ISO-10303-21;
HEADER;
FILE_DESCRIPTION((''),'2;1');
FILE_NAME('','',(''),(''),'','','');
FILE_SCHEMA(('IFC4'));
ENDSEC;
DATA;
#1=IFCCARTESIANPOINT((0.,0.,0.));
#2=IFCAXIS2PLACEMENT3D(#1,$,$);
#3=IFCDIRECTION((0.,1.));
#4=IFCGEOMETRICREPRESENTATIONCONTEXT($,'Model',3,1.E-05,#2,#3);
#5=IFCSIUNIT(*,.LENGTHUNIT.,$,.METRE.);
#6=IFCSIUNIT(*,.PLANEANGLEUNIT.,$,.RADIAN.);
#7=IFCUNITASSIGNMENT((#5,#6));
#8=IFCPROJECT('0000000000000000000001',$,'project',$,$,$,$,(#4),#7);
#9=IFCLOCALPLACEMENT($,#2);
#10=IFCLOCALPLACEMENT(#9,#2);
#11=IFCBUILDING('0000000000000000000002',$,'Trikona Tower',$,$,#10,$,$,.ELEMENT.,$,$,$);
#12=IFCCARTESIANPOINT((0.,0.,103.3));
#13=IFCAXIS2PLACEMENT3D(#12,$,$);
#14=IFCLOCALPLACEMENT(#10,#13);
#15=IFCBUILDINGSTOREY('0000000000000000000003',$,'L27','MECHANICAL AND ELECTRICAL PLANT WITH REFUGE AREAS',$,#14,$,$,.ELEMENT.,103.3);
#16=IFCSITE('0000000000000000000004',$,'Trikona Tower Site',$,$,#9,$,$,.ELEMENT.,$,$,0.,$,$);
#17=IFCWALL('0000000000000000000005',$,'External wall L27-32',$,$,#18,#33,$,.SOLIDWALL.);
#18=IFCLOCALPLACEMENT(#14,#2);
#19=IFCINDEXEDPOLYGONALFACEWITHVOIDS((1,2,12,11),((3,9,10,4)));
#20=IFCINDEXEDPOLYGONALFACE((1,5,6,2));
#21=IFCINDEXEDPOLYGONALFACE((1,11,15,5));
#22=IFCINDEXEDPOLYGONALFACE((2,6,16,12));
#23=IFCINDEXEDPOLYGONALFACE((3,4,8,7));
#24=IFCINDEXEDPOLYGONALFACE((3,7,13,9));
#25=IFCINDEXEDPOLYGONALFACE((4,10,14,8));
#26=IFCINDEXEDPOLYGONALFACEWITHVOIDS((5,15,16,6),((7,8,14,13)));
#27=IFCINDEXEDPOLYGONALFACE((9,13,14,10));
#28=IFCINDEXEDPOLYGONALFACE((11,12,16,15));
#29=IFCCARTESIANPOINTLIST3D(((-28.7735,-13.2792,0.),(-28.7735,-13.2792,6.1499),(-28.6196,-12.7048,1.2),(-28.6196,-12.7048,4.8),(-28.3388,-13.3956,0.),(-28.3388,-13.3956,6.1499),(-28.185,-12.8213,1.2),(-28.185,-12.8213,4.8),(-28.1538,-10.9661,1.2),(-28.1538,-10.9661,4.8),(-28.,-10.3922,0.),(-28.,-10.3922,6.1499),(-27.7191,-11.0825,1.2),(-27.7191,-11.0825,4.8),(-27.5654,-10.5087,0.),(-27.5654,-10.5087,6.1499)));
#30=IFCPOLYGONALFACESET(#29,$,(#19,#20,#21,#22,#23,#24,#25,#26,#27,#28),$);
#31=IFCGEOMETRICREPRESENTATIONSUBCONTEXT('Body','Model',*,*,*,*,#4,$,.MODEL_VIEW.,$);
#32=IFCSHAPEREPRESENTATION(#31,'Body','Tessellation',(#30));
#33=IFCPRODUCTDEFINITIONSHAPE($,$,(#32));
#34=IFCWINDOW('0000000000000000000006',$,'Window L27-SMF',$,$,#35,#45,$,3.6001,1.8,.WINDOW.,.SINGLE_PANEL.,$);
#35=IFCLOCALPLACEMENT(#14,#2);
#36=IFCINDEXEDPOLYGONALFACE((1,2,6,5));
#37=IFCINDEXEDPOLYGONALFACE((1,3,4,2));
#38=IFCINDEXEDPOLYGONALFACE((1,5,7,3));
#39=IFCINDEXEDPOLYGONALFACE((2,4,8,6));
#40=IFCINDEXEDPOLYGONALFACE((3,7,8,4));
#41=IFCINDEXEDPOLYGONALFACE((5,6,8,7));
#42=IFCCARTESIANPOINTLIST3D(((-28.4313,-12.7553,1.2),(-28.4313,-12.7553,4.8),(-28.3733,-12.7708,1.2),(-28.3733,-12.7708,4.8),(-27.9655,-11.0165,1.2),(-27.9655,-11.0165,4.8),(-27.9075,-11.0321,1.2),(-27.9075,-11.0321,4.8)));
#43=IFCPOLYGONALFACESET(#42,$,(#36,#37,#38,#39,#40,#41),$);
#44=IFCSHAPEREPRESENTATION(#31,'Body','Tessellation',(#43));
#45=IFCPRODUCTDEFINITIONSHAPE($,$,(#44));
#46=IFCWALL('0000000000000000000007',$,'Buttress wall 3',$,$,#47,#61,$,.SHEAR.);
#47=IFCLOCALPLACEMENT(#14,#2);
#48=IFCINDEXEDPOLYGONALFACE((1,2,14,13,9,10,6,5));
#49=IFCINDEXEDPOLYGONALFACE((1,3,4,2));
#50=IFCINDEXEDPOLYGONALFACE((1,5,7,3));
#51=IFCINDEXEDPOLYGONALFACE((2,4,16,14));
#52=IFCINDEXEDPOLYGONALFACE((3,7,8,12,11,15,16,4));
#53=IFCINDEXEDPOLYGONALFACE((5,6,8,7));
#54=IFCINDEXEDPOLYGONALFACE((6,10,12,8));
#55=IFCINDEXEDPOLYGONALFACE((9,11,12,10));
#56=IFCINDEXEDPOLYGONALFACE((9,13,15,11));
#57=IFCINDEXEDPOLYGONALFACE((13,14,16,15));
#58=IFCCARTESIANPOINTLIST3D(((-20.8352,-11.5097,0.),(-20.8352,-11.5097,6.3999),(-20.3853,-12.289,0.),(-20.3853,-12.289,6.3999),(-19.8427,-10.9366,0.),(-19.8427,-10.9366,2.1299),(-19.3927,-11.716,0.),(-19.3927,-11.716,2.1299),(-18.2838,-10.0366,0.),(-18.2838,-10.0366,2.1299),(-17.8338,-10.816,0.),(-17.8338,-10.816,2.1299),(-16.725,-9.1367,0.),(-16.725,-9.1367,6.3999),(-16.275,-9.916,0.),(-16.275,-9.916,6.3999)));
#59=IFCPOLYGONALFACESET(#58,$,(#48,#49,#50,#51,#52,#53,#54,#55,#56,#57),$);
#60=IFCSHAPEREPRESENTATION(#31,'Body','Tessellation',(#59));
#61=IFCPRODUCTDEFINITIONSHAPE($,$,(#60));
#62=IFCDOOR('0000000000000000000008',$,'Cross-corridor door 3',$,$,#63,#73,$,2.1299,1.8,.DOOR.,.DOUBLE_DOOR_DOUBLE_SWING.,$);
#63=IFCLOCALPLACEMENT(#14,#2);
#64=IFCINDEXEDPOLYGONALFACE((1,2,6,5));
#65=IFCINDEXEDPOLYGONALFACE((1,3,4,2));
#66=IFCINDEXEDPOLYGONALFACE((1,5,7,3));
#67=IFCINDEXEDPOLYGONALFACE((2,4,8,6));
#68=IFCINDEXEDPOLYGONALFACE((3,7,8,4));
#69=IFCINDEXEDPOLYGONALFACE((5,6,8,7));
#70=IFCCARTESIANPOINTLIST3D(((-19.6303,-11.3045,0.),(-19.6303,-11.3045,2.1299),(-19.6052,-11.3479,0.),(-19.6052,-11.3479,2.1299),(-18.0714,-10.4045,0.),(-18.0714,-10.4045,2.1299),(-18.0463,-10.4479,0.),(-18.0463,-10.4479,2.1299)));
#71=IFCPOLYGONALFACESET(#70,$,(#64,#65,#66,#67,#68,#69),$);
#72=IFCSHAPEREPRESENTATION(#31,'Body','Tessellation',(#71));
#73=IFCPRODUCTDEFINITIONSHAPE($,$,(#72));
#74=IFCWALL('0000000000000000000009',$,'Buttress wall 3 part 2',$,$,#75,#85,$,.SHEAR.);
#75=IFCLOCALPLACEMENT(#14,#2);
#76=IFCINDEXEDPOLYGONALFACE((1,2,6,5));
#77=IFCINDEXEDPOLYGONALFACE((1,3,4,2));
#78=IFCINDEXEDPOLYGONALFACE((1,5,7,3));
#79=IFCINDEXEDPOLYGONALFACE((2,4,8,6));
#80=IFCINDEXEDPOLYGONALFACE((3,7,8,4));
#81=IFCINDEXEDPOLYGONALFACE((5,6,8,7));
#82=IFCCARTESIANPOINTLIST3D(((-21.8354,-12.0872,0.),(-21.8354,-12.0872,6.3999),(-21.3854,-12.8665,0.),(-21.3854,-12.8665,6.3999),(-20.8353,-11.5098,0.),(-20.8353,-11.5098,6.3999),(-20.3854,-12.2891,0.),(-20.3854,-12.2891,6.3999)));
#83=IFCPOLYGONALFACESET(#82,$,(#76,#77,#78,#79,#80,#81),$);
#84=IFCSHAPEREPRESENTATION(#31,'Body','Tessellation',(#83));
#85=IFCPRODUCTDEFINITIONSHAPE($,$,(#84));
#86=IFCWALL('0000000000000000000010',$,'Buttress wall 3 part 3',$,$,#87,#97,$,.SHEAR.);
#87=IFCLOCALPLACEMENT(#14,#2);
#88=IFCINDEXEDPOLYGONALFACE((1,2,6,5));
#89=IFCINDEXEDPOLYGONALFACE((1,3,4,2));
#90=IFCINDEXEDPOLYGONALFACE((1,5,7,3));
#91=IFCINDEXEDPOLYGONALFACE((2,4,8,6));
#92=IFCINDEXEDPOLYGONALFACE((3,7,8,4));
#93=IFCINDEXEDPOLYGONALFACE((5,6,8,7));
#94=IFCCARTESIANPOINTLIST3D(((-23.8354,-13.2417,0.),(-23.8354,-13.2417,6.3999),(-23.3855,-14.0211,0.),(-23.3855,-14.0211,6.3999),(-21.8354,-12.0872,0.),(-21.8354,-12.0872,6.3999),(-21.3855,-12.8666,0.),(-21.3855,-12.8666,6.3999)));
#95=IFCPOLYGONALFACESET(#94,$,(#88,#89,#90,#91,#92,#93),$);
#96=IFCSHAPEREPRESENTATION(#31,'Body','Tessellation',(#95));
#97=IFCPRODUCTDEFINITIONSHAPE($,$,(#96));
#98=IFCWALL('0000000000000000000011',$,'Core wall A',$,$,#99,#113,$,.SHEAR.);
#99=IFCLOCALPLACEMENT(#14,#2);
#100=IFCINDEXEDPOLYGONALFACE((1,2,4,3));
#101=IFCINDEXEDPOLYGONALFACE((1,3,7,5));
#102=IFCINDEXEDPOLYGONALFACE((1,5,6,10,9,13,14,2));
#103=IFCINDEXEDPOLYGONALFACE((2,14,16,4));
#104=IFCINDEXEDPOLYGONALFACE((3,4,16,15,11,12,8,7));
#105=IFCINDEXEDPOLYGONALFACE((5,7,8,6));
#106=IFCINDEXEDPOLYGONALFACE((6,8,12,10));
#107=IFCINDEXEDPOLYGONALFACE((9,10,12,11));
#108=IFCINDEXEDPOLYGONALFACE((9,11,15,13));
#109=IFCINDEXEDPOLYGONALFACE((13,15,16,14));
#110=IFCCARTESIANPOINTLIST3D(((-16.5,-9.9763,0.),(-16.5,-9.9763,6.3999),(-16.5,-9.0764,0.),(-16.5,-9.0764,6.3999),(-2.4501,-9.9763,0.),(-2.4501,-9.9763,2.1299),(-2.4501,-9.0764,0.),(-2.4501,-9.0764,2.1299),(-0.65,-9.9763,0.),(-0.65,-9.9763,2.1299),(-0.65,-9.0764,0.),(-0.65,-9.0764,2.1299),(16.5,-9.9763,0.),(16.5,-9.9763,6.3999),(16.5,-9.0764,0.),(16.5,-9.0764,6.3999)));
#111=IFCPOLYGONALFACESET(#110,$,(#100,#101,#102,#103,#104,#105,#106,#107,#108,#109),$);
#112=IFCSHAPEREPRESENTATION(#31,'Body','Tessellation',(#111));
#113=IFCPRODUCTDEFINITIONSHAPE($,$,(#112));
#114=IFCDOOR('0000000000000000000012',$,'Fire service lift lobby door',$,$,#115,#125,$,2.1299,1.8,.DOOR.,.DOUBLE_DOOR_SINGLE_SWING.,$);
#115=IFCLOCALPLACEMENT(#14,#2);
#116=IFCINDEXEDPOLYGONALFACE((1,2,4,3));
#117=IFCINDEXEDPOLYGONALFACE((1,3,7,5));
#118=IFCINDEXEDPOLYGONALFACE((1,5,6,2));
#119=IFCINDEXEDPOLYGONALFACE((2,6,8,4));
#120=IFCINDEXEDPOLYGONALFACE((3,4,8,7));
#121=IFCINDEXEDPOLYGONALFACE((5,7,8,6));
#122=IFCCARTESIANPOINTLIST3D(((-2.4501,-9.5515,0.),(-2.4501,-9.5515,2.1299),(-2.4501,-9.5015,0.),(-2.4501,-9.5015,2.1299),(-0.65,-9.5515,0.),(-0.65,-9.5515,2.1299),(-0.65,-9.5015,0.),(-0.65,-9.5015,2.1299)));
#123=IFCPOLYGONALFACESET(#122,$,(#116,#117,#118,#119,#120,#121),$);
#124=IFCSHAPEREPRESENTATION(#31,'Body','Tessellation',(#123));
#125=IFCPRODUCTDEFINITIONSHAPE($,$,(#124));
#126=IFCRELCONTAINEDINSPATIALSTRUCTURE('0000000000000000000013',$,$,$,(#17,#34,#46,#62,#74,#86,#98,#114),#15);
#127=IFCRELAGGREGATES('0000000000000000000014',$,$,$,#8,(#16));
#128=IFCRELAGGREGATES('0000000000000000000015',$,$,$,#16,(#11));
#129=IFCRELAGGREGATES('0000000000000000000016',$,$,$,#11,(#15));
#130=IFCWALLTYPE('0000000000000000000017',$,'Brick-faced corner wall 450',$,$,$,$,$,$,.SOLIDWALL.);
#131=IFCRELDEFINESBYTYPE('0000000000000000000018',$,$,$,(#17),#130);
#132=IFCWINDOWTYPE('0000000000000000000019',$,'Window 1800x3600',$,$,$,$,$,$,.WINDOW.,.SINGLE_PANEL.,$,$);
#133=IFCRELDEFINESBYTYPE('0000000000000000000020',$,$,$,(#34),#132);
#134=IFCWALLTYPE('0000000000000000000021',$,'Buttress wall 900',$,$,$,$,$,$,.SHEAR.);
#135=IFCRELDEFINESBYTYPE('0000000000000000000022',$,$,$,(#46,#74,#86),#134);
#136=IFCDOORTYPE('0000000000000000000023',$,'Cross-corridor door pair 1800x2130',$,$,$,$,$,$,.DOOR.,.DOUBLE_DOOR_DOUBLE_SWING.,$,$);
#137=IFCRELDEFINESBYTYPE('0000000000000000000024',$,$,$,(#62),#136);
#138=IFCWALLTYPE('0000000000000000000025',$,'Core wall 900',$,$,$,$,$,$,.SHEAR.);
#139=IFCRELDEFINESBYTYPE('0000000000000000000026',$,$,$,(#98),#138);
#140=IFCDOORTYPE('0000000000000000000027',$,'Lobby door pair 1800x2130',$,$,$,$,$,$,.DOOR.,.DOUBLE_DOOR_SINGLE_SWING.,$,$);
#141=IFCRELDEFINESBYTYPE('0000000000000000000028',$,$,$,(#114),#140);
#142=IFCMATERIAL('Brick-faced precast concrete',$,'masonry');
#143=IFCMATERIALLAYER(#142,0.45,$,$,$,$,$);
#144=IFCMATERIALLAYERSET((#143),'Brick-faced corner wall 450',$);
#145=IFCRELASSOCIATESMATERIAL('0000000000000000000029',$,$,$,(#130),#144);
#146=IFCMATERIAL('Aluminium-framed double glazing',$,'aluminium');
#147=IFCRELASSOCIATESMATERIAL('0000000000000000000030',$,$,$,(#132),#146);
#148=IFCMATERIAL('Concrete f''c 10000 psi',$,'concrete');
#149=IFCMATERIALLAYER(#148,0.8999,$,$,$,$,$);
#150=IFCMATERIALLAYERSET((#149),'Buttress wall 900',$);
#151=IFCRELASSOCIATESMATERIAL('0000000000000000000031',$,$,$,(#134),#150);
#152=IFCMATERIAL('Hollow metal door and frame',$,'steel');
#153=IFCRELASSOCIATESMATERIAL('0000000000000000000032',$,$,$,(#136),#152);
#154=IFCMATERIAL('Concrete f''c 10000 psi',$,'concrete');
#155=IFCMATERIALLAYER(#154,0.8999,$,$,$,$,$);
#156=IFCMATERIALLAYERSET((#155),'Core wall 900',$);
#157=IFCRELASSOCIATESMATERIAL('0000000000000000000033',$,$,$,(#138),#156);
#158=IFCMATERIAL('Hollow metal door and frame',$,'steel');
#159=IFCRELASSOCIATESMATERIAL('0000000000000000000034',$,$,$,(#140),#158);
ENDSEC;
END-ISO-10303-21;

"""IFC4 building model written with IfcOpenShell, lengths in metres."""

from ifc_helpers import new_model, si_unit, direction, frame, frame_2d, origin, place, context, subcontext, project, spatial, rectangle, extrude, material, layer, layer_set, type_object, element, fill, save


model = new_model("IFC4")

# Units and contexts
model_context = context("Model", 3, precision=1e-05, world=origin(), true_north=direction((0.0, 1.0)))
body_context = subcontext(model_context, "Body", "Model", "MODEL_VIEW")
ifc_project = project(units=[si_unit("LENGTHUNIT", "METRE"), si_unit("PLANEANGLEUNIT", "RADIAN")], contexts=[model_context])

# Site, building, storey
site_placement = place(None, origin())
site = spatial("IfcSite", under=ifc_project, at=site_placement, Name="Trikona Tower Site", CompositionType="ELEMENT", RefElevation=0.0)
building_placement = place(site_placement, origin())
building = spatial("IfcBuilding", under=site, at=building_placement, Name="Trikona Tower", CompositionType="ELEMENT")
storey_placement = place(building_placement, frame((0.0, 0.0, 103.3)))
storey = spatial("IfcBuildingStorey", under=building, at=storey_placement, Name="L27", Description="MECHANICAL AND ELECTRICAL PLANT WITH REFUGE AREAS", CompositionType="ELEMENT", Elevation=103.3)

# Wall, opening, window
ifc_material_1 = material(Name="Brick-faced precast concrete", Category="masonry")
ifc_layer_1 = layer(ifc_material_1, 0.45)
ifc_layer_set_1 = layer_set([ifc_layer_1], Name="Brick-faced corner wall 450")
wall_type_1 = type_object("IfcWallType", Name="Brick-faced corner wall 450", PredefinedType="SOLIDWALL", material=ifc_layer_set_1)
wall_1_placement = place(storey_placement, frame((-27.7827, -10.4504, 0.0), z_axis=(0.0, 0.0, 1.0), x_axis=(-0.258781, -0.965936, 0.0)))
wall_1 = element("IfcWall", 1, at=wall_1_placement, inside=storey, type_object=wall_type_1, Name="External wall L27-32", PredefinedType="SOLIDWALL", context=body_context, shape_type="SweptSolid", body=[
    extrude(rectangle(XDim=2.9888, YDim=0.45, at=frame_2d((1.4944, 0.0))), origin(), (0.0, 0.0, 1.0), 6.1499),
])
opening_1_placement = place(wall_1_placement, frame((0.5942, 0.0, 1.2)))
opening_1 = element("IfcOpeningElement", 2, at=opening_1_placement, cuts=wall_1, PredefinedType="OPENING", context=body_context, shape_type="SweptSolid", body=[
    extrude(rectangle(XDim=1.8, YDim=3.6001, at=frame_2d((0.8999, 1.8))), frame((0.0, 0.2349, 0.0), z_axis=(0.0, -1.0, 0.0), x_axis=(1.0, 0.0, 0.0)), (0.0, 0.0, 1.0), 0.47),
])
ifc_material_2 = material(Name="Aluminium-framed double glazing", Category="aluminium")
window_type = type_object("IfcWindowType", Name="Window 1800x3600", PartitioningType="SINGLE_PANEL", PredefinedType="WINDOW", material=ifc_material_2)
window_placement = place(opening_1_placement, origin())
window = element("IfcWindow", 3, at=window_placement, inside=storey, type_object=window_type, Name="Window L27-SMF", OverallHeight=3.6001, OverallWidth=1.8, PartitioningType="SINGLE_PANEL", PredefinedType="WINDOW", context=body_context, shape_type="SweptSolid", body=[
    extrude(rectangle(XDim=1.8, YDim=3.6001, at=frame_2d((0.8999, 1.8))), frame((0.0, 0.03, 0.0), z_axis=(0.0, -1.0, 0.0), x_axis=(1.0, 0.0, 0.0)), (0.0, 0.0, 1.0), 0.0601),
])
fill(opening_1, window)

# Wall, opening, door
ifc_material_3 = material(Name="Concrete f'c 10000 psi", Category="concrete")
ifc_layer_2 = layer(ifc_material_3, 0.8999)
ifc_layer_set_2 = layer_set([ifc_layer_2], Name="Buttress wall 900")
wall_type_2 = type_object("IfcWallType", Name="Buttress wall 900", PredefinedType="SHEAR", material=ifc_layer_set_2)
wall_2_placement = place(storey_placement, frame((-16.5, -9.5264, 0.0), z_axis=(0.0, 0.0, 1.0), x_axis=(-0.866031, -0.49999, 0.0)))
wall_2 = element("IfcWall", 4, at=wall_2_placement, inside=storey, type_object=wall_type_2, Name="Buttress wall 3", PredefinedType="SHEAR", context=body_context, shape_type="SweptSolid", body=[
    extrude(rectangle(XDim=4.7461, YDim=0.8999, at=frame_2d((2.373, 0.0))), origin(), (0.0, 0.0, 1.0), 6.3999),
])
opening_2_placement = place(wall_2_placement, frame((1.8, 0.0, 0.0)))
opening_2 = element("IfcOpeningElement", 5, at=opening_2_placement, cuts=wall_2, PredefinedType="OPENING", context=body_context, shape_type="SweptSolid", body=[
    extrude(rectangle(XDim=1.8, YDim=2.1299, at=frame_2d((0.8999, 1.0649))), frame((0.0, 0.46, 0.0), z_axis=(0.0, -1.0, 0.0), x_axis=(1.0, 0.0, 0.0)), (0.0, 0.0, 1.0), 0.9199),
])
ifc_material_4 = material(Name="Hollow metal door and frame", Category="steel")
door_type_1 = type_object("IfcDoorType", Name="Cross-corridor door pair 1800x2130", OperationType="DOUBLE_DOOR_DOUBLE_SWING", PredefinedType="DOOR", material=ifc_material_4)
door_1_placement = place(opening_2_placement, origin())
door_1 = element("IfcDoor", 6, at=door_1_placement, inside=storey, type_object=door_type_1, Name="Cross-corridor door 3", OperationType="DOUBLE_DOOR_DOUBLE_SWING", OverallHeight=2.1299, OverallWidth=1.8, PredefinedType="DOOR", context=body_context, shape_type="SweptSolid", body=[
    extrude(rectangle(XDim=1.8, YDim=2.1299, at=frame_2d((0.8999, 1.0649))), frame((0.0, 0.0249, 0.0), z_axis=(0.0, -1.0, 0.0), x_axis=(1.0, 0.0, 0.0)), (0.0, 0.0, 1.0), 0.05),
])
fill(opening_2, door_1)

# Walls
wall_3_placement = place(storey_placement, frame((-20.6104, -11.8994, 0.0), z_axis=(0.0, 0.0, 1.0), x_axis=(-0.86601, -0.500027, 0.0)))
element("IfcWall", 7, at=wall_3_placement, inside=storey, type_object=wall_type_2, Name="Buttress wall 3 part 2", PredefinedType="SHEAR", context=body_context, shape_type="SweptSolid", body=[
    extrude(rectangle(XDim=1.1548, YDim=0.8999, at=frame_2d((0.5774, 0.0))), origin(), (0.0, 0.0, 1.0), 6.3999),
])
wall_4_placement = place(storey_placement, frame((-21.6104, -12.4768, 0.0), z_axis=(0.0, 0.0, 1.0), x_axis=(-0.866055, -0.499948, 0.0)))
element("IfcWall", 8, at=wall_4_placement, inside=storey, type_object=wall_type_2, Name="Buttress wall 3 part 3", PredefinedType="SHEAR", context=body_context, shape_type="SweptSolid", body=[
    extrude(rectangle(XDim=2.3093, YDim=0.8999, at=frame_2d((1.1548, 0.0))), origin(), (0.0, 0.0, 1.0), 6.3999),
])

# Wall, opening, door
ifc_material_5 = material(Name="Concrete f'c 10000 psi", Category="concrete")
ifc_layer_3 = layer(ifc_material_5, 0.8999)
ifc_layer_set_3 = layer_set([ifc_layer_3], Name="Core wall 900")
wall_type_3 = type_object("IfcWallType", Name="Core wall 900", PredefinedType="SHEAR", material=ifc_layer_set_3)
wall_5_placement = place(storey_placement, frame((-16.5, -9.5264, 0.0), z_axis=(0.0, 0.0, 1.0), x_axis=(1.0, 0.0, 0.0)))
wall_5 = element("IfcWall", 9, at=wall_5_placement, inside=storey, type_object=wall_type_3, Name="Core wall A", PredefinedType="SHEAR", context=body_context, shape_type="SweptSolid", body=[
    extrude(rectangle(XDim=33.0, YDim=0.8999, at=frame_2d((16.5, 0.0))), origin(), (0.0, 0.0, 1.0), 6.3999),
])
opening_3_placement = place(wall_5_placement, frame((14.05, 0.0, 0.0)))
opening_3 = element("IfcOpeningElement", 10, at=opening_3_placement, cuts=wall_5, PredefinedType="OPENING", context=body_context, shape_type="SweptSolid", body=[
    extrude(rectangle(XDim=1.8, YDim=2.1299, at=frame_2d((0.8999, 1.0649))), frame((0.0, 0.46, 0.0), z_axis=(0.0, -1.0, 0.0), x_axis=(1.0, 0.0, 0.0)), (0.0, 0.0, 1.0), 0.9199),
])
ifc_material_6 = material(Name="Hollow metal door and frame", Category="steel")
door_type_2 = type_object("IfcDoorType", Name="Lobby door pair 1800x2130", OperationType="DOUBLE_DOOR_SINGLE_SWING", PredefinedType="DOOR", material=ifc_material_6)
door_2_placement = place(opening_3_placement, origin())
door_2 = element("IfcDoor", 11, at=door_2_placement, inside=storey, type_object=door_type_2, Name="Fire service lift lobby door", OperationType="DOUBLE_DOOR_SINGLE_SWING", OverallHeight=2.1299, OverallWidth=1.8, PredefinedType="DOOR", context=body_context, shape_type="SweptSolid", body=[
    extrude(rectangle(XDim=1.8, YDim=2.1299, at=frame_2d((0.8999, 1.0649))), frame((0.0, 0.0249, 0.0), z_axis=(0.0, -1.0, 0.0), x_axis=(1.0, 0.0, 0.0)), (0.0, 0.0, 1.0), 0.05),
])
fill(opening_3, door_2)

save(model, "model.ifc")
